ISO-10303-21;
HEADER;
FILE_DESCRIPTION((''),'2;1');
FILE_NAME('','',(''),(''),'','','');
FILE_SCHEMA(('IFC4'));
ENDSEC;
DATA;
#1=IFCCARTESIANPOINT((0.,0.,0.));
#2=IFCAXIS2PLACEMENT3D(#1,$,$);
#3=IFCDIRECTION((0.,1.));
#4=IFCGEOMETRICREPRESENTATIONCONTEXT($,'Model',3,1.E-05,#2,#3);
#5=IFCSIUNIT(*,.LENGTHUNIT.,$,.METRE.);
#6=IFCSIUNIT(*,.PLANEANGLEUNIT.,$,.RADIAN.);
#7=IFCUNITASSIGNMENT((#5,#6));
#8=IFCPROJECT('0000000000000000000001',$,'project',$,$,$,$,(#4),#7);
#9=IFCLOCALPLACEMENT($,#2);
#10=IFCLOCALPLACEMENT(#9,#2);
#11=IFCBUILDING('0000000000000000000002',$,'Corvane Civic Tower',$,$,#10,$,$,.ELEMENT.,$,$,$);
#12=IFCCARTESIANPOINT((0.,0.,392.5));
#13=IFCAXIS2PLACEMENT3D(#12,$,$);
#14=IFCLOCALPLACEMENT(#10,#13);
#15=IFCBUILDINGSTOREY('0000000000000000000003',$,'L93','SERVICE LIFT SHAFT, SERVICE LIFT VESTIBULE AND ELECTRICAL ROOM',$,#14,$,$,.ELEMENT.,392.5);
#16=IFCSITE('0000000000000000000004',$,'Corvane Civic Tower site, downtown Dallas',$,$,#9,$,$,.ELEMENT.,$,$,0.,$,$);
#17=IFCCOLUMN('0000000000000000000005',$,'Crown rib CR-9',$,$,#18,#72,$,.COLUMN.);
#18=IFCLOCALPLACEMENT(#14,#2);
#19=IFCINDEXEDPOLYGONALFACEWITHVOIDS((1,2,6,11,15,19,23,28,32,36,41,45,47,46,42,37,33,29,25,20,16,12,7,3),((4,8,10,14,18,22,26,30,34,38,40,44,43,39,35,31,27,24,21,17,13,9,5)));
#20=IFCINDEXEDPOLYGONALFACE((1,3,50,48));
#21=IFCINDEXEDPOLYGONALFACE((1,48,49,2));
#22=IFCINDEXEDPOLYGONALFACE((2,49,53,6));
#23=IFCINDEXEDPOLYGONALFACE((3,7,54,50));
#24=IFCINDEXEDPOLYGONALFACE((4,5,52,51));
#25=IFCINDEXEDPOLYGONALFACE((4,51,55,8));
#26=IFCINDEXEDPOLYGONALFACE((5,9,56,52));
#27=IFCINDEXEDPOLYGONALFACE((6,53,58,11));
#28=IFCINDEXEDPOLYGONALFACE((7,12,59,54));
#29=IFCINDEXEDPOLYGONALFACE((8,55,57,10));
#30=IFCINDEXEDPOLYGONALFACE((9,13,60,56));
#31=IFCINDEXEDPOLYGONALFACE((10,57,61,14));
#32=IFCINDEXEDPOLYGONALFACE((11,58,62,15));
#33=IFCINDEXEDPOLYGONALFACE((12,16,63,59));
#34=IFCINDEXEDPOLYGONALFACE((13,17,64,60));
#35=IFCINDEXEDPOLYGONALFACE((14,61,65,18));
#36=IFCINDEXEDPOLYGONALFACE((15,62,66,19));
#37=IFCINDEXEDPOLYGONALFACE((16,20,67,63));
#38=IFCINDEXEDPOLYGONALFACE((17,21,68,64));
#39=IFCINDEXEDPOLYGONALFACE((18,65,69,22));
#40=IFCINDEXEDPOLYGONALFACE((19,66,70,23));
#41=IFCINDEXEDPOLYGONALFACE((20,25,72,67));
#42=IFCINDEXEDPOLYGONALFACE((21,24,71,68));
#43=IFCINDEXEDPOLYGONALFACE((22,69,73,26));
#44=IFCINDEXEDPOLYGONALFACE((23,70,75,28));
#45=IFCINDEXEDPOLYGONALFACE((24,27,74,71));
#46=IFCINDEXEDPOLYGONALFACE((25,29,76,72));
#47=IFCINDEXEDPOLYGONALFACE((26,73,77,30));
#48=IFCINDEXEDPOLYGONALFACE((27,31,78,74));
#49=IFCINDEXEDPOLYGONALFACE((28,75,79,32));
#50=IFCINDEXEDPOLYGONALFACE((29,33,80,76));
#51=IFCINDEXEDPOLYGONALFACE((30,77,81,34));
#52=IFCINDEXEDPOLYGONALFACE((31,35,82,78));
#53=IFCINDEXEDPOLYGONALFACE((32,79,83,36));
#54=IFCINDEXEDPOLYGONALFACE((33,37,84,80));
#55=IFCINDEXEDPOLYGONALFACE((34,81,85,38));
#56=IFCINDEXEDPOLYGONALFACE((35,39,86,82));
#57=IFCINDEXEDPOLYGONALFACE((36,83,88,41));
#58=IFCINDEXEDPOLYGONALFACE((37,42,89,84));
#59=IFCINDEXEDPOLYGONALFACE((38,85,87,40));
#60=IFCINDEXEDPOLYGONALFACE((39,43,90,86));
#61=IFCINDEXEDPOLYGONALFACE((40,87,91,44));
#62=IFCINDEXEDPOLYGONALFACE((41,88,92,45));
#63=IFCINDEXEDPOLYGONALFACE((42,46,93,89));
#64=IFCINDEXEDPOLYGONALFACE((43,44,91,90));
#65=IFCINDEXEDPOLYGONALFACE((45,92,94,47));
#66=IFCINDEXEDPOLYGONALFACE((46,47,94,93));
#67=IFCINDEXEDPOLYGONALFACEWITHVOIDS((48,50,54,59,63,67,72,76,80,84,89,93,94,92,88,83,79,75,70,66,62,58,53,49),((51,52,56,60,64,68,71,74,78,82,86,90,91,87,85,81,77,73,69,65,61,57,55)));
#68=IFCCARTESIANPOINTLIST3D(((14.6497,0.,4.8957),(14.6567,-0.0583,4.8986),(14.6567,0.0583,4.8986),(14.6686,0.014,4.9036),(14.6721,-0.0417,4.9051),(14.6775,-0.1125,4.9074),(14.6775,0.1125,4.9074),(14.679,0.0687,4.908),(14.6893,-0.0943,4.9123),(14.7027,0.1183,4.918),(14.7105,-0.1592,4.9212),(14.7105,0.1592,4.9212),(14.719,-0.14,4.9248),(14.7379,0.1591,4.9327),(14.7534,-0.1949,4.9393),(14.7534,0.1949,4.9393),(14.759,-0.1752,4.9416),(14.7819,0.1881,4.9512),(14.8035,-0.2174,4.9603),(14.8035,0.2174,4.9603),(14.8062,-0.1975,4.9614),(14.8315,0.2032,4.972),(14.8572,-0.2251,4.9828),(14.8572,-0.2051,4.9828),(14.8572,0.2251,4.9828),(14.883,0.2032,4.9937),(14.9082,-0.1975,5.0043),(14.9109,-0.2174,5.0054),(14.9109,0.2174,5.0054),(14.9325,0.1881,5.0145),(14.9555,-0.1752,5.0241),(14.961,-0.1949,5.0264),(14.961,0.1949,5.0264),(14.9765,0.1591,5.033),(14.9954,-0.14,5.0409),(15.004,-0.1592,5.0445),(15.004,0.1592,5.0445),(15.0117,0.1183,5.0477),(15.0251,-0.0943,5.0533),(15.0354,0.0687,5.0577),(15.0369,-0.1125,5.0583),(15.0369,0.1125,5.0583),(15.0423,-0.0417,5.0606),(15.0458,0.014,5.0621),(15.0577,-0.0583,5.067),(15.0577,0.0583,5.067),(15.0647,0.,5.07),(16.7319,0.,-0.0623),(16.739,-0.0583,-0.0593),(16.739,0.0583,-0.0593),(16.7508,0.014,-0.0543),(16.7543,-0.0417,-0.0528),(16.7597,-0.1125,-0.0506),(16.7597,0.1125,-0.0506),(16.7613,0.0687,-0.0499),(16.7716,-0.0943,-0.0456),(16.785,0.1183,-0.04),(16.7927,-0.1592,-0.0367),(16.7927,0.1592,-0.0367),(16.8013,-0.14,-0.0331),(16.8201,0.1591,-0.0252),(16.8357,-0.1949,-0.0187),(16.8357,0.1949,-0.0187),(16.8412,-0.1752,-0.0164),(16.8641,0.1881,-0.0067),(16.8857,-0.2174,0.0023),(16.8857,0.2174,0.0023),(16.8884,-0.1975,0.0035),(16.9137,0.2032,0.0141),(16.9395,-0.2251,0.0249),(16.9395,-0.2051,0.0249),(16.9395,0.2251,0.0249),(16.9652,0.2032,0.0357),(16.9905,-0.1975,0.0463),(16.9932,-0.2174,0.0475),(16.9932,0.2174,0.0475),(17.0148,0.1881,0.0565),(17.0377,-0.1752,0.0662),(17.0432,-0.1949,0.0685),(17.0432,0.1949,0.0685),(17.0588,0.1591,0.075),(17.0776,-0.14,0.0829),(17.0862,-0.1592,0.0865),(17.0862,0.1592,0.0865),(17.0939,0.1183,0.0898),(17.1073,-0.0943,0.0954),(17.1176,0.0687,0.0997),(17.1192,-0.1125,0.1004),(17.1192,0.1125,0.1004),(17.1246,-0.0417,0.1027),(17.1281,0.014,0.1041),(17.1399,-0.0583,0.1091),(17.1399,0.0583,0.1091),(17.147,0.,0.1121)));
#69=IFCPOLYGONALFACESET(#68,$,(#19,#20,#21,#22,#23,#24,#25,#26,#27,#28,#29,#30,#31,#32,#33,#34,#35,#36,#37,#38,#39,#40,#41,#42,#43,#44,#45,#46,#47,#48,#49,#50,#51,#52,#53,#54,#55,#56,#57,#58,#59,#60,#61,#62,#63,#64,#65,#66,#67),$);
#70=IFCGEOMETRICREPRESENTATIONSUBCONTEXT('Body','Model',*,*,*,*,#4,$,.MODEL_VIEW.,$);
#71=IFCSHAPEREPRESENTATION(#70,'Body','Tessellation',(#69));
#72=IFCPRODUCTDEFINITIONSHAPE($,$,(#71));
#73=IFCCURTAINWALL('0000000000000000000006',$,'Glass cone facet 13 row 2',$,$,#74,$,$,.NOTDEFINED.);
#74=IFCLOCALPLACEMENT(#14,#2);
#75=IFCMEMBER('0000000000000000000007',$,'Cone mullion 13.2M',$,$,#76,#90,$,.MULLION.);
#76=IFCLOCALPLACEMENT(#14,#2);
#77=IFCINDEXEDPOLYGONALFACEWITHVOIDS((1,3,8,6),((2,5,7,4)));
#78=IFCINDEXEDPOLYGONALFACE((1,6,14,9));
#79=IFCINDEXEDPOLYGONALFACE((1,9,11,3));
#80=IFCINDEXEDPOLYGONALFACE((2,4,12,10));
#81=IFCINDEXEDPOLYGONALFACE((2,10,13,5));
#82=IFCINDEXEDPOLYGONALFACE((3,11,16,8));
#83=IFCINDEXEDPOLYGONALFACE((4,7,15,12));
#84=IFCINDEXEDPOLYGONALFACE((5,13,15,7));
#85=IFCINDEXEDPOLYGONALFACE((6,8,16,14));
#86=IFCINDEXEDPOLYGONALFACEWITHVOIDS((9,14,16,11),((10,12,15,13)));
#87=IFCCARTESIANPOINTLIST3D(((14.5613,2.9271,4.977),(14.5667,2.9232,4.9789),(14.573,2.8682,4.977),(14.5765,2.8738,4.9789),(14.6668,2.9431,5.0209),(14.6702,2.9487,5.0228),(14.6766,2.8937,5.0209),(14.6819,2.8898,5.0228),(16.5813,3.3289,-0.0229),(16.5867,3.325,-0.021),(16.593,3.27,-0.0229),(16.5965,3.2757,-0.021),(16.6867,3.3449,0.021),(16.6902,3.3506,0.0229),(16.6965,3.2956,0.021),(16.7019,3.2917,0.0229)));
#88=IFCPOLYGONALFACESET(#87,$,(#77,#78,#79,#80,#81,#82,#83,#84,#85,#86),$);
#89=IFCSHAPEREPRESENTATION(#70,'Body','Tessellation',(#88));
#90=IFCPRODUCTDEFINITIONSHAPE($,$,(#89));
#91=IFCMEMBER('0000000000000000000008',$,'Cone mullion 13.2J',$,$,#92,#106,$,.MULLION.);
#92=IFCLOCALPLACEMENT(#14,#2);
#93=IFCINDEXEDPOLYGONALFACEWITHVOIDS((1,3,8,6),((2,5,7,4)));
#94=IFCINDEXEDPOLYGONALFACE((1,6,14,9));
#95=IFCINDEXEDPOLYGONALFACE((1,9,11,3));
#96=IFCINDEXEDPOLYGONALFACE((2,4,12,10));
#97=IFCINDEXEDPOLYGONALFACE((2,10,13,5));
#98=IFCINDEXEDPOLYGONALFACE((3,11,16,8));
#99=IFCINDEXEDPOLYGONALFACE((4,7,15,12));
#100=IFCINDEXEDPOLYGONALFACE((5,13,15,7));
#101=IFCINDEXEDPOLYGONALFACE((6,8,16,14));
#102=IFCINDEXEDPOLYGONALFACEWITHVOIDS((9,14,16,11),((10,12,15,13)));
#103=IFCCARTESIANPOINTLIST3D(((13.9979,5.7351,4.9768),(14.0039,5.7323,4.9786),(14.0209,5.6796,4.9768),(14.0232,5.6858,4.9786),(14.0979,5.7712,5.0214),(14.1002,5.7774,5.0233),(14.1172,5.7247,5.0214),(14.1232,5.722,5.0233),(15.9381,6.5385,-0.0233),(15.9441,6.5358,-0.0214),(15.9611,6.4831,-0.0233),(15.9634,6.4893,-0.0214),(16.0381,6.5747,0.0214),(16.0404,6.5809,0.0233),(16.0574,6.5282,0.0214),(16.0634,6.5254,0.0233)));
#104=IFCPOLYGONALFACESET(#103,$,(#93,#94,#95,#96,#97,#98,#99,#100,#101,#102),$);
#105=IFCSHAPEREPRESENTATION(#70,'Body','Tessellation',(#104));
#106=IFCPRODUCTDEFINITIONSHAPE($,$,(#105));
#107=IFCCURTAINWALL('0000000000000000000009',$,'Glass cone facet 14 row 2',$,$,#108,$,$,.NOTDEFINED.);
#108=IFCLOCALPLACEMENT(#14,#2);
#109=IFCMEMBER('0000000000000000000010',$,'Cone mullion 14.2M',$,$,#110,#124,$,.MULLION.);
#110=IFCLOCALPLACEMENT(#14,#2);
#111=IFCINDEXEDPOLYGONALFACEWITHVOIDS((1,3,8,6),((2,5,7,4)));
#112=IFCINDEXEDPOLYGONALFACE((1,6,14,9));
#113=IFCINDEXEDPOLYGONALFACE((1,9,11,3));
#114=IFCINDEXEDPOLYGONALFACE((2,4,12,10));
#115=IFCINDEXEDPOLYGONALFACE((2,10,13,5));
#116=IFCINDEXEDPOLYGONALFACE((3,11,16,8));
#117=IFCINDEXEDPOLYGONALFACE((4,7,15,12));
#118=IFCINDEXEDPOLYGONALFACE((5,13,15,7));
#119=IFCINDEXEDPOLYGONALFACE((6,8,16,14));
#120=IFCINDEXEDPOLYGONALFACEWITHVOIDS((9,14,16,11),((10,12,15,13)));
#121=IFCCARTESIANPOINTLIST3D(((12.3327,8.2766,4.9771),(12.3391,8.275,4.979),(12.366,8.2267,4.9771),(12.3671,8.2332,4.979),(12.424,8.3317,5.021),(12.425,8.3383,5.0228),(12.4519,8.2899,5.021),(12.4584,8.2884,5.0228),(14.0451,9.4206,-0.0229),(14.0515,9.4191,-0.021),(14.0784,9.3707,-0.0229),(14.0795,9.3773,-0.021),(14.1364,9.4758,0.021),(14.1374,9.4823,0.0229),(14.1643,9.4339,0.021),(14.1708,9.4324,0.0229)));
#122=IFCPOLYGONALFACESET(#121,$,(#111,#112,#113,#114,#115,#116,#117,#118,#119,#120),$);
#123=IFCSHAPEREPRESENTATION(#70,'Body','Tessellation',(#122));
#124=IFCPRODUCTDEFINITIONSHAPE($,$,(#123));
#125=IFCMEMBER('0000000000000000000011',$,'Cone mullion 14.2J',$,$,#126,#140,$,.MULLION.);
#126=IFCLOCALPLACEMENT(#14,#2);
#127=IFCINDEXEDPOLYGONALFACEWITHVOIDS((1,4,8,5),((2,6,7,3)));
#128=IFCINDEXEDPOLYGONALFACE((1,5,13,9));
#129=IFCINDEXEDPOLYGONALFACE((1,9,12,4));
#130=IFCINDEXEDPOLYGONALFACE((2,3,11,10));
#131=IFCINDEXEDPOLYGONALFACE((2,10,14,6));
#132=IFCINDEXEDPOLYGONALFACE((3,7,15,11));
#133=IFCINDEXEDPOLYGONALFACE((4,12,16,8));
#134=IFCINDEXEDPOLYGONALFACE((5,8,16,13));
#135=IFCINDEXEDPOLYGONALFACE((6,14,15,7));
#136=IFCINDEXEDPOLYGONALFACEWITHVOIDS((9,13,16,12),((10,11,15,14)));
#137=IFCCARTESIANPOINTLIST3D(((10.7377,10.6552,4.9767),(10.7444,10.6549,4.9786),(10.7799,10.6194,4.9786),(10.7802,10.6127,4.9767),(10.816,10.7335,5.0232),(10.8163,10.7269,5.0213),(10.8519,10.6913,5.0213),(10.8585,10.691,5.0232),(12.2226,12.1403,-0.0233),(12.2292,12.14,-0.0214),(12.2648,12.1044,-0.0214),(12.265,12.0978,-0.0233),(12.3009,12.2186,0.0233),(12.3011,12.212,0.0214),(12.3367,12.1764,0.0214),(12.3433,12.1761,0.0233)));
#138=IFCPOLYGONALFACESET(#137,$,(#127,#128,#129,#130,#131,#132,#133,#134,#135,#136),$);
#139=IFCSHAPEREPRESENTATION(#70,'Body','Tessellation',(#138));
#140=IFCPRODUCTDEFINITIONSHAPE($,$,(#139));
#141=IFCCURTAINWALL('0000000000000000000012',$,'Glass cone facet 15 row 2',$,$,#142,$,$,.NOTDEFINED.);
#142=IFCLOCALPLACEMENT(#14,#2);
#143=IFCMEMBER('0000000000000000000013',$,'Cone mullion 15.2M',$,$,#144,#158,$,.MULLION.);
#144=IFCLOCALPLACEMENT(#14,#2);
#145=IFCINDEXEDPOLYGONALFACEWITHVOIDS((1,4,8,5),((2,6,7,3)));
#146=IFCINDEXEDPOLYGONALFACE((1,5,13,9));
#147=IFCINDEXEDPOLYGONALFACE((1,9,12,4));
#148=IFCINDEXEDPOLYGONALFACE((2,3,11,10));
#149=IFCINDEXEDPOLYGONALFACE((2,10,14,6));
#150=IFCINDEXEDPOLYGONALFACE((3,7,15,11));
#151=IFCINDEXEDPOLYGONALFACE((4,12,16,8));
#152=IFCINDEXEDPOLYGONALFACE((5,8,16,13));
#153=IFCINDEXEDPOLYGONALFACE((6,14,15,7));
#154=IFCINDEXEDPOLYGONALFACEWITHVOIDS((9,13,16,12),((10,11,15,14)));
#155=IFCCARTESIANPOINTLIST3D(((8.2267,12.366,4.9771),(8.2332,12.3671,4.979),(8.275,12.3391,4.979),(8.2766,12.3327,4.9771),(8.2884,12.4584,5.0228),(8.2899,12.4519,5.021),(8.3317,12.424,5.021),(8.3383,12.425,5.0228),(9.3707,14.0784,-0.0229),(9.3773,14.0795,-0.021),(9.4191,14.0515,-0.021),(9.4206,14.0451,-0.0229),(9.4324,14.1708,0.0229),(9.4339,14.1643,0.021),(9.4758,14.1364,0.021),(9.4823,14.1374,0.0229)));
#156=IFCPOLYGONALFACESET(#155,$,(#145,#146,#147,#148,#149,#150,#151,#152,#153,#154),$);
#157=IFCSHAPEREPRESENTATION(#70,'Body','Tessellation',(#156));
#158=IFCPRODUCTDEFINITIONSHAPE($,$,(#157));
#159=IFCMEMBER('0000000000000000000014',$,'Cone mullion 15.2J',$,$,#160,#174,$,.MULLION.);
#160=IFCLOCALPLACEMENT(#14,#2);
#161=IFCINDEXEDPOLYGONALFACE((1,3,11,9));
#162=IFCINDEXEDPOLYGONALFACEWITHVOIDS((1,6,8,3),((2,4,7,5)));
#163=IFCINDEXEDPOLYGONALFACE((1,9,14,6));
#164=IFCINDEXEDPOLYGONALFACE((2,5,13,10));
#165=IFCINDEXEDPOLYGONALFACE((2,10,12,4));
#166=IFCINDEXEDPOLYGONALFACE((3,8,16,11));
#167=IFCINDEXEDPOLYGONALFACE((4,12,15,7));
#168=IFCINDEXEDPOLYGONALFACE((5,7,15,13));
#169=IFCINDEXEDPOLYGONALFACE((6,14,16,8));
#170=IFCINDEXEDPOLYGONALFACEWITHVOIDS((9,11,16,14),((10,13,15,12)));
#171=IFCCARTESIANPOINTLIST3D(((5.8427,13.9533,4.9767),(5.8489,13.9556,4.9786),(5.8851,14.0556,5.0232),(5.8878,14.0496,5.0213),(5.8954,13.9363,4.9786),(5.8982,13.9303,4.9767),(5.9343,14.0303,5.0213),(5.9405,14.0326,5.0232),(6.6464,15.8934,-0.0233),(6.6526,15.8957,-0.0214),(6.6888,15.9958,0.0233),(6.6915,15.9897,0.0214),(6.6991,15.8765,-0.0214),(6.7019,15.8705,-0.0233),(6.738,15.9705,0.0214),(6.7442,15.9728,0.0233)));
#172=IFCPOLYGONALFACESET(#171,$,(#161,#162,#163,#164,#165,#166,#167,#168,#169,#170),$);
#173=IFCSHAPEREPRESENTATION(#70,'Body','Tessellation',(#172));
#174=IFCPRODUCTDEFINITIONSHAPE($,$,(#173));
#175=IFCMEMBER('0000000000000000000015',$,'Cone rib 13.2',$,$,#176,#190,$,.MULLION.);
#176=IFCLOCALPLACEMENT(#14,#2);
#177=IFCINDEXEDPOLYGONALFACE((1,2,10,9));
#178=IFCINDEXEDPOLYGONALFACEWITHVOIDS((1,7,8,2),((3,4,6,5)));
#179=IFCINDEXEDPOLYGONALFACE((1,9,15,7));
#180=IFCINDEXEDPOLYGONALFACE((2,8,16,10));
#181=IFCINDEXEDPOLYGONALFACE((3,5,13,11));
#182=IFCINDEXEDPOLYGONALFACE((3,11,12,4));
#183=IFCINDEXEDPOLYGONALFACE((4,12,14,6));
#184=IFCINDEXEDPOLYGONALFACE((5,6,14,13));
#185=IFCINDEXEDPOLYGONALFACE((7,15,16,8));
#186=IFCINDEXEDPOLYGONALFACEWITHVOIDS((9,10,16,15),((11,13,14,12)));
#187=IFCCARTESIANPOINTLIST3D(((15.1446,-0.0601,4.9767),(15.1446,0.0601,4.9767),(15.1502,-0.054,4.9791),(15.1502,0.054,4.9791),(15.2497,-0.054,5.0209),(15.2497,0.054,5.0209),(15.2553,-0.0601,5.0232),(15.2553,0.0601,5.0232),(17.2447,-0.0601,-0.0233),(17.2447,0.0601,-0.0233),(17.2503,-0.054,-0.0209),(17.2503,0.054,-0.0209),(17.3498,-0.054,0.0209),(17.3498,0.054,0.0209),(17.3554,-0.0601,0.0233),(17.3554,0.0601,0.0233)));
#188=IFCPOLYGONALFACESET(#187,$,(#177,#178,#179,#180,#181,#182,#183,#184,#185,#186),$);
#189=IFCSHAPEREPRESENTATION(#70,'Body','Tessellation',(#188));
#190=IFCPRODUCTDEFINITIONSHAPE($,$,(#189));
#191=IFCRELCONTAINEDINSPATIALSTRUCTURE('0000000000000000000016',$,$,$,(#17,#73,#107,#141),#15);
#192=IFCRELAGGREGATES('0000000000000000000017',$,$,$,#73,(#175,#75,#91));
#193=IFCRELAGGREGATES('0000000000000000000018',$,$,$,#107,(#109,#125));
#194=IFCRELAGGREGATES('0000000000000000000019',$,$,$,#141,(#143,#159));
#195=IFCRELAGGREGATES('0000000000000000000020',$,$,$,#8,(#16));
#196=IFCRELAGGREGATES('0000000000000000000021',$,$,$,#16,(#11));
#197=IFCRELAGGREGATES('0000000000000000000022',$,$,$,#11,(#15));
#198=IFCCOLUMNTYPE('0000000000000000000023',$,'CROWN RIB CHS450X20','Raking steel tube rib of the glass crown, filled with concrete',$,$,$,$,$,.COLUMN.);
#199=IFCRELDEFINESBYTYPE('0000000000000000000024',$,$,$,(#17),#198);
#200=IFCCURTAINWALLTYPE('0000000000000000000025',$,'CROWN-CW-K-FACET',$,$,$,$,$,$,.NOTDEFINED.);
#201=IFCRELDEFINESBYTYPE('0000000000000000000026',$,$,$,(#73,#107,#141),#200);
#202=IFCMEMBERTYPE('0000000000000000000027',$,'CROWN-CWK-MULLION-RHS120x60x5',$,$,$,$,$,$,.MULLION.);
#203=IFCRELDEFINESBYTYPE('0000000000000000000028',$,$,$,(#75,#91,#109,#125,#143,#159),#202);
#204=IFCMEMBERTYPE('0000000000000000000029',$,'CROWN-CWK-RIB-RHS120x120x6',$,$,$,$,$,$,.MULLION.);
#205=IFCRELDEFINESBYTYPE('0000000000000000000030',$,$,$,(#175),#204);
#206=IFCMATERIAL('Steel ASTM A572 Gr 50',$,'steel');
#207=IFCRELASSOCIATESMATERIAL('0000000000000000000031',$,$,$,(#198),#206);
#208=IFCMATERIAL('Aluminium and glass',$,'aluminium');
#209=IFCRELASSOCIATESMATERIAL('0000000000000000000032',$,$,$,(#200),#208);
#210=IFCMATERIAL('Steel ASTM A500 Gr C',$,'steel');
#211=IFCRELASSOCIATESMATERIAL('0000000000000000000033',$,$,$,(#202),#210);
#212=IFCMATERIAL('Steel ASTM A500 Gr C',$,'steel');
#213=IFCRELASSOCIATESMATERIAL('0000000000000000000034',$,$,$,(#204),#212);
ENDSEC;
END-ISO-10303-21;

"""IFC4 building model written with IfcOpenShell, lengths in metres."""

from ifc_helpers import new_model, si_unit, direction, frame, origin, origin_2d, place, context, subcontext, project, spatial, hollow_rectangle, hollow_circle, extrude, material, material_profile, profile_set, type_object, element, aggregate, save


model = new_model("IFC4")

# Units and contexts
model_context = context("Model", 3, precision=1e-05, world=origin(), true_north=direction((0.0, 1.0)))
body_context = subcontext(model_context, "Body", "Model", "MODEL_VIEW")
ifc_project = project(units=[si_unit("LENGTHUNIT", "METRE"), si_unit("PLANEANGLEUNIT", "RADIAN")], contexts=[model_context])

# Site, building, storey
site_placement = place(None, origin())
site = spatial("IfcSite", under=ifc_project, at=site_placement, Name="Corvane Civic Tower site, downtown Dallas", CompositionType="ELEMENT", RefElevation=0.0)
building_placement = place(site_placement, origin())
building = spatial("IfcBuilding", under=site, at=building_placement, Name="Corvane Civic Tower", CompositionType="ELEMENT")
storey_placement = place(building_placement, frame((0.0, 0.0, 392.5)))
storey = spatial("IfcBuildingStorey", under=building, at=storey_placement, Name="L93", Description="SERVICE LIFT SHAFT, SERVICE LIFT VESTIBULE AND ELECTRICAL ROOM", CompositionType="ELEMENT", Elevation=392.5)

# Column
ifc_material_1 = material(Name="Steel ASTM A572 Gr 50", Category="steel")
ifc_material_profile_1 = material_profile(ifc_material_1, hollow_circle(Radius=0.2251, WallThickness=0.02, at=origin_2d()), Name="CHS450X20")
ifc_profile_set_1 = profile_set([ifc_material_profile_1], Name="Steel ASTM A572 Gr 50")
column_type = type_object("IfcColumnType", Name="CROWN RIB CHS450X20", Description="Raking steel tube rib of the glass crown, filled with concrete", PredefinedType="COLUMN", material=ifc_profile_set_1)
for number, where, z_axis, x_axis, name in (
    (1, (16.9395, 0.0, 0.0249), (-0.387219, 0.0, 0.921988), (0.0, -1.0, 0.0), "Crown rib CR-9"),
):
    element("IfcColumn", number, at=place(storey_placement, frame(where, z_axis=z_axis, x_axis=x_axis)), inside=storey, type_object=column_type, Name=name, PredefinedType="COLUMN", context=body_context, shape_type="SweptSolid", body=[
        extrude(hollow_circle(Radius=0.2251, WallThickness=0.02, at=origin_2d()), origin(), (0.0, 0.0, 1.0), 5.3774),
    ])

# Curtain walls, members
ifc_material_2 = material(Name="Aluminium and glass", Category="aluminium")
curtain_wall_type = type_object("IfcCurtainWallType", Name="CROWN-CW-K-FACET", PredefinedType="NOTDEFINED", material=ifc_material_2)
curtain_wall_1_placement = place(storey_placement, origin())
curtain_wall_1 = element("IfcCurtainWall", 2, at=curtain_wall_1_placement, inside=storey, type_object=curtain_wall_type, Name="Glass cone facet 13 row 2", PredefinedType="NOTDEFINED")
ifc_material_3 = material(Name="Steel ASTM A500 Gr C", Category="steel")
ifc_material_profile_2 = material_profile(ifc_material_3, hollow_rectangle(XDim=0.0601, YDim=0.1201, WallThickness=0.0049, at=origin_2d()), Name="RHS 120x60x5")
ifc_profile_set_2 = profile_set([ifc_material_profile_2], Name="Steel ASTM A500 Gr C")
member_type_1 = type_object("IfcMemberType", Name="CROWN-CWK-MULLION-RHS120x60x5", PredefinedType="MULLION", material=ifc_profile_set_2)
member_1_placement = place(storey_placement, frame((16.6416, 3.3103, 0.0), z_axis=(-0.373553, -0.074313, 0.924627), x_axis=(0.195113, -0.980781, 0.0)))
member_1 = element("IfcMember", 3, at=member_1_placement, type_object=member_type_1, Name="Cone mullion 13.2M", PredefinedType="MULLION", context=body_context, shape_type="SweptSolid", body=[
    extrude(hollow_rectangle(XDim=0.0601, YDim=0.1201, WallThickness=0.0049, at=origin_2d()), origin(), (0.0, 0.0, 1.0), 5.4075),
])
member_2_placement = place(storey_placement, frame((16.0007, 6.532, 0.0), z_axis=(-0.357764, -0.148157, 0.921984), x_axis=(0.382608, -0.923911, 0.0)))
member_2 = element("IfcMember", 4, at=member_2_placement, type_object=member_type_1, Name="Cone mullion 13.2J", PredefinedType="MULLION", context=body_context, shape_type="SweptSolid", body=[
    extrude(hollow_rectangle(XDim=0.0601, YDim=0.1201, WallThickness=0.0049, at=origin_2d()), origin(), (0.0, 0.0, 1.0), 5.4231),
])
curtain_wall_2_placement = place(storey_placement, origin())
curtain_wall_2 = element("IfcCurtainWall", 5, at=curtain_wall_2_placement, inside=storey, type_object=curtain_wall_type, Name="Glass cone facet 14 row 2", PredefinedType="NOTDEFINED")
member_3_placement = place(storey_placement, frame((14.1079, 9.4265, 0.0), z_axis=(-0.316671, -0.211566, 0.92464), x_axis=(0.555521, -0.831503, 0.0)))
member_3 = element("IfcMember", 6, at=member_3_placement, type_object=member_type_1, Name="Cone mullion 14.2M", PredefinedType="MULLION", context=body_context, shape_type="SweptSolid", body=[
    extrude(hollow_rectangle(XDim=0.0601, YDim=0.1201, WallThickness=0.0049, at=origin_2d()), origin(), (0.0, 0.0, 1.0), 5.4075),
])
member_4_placement = place(storey_placement, frame((12.283, 12.1582, 0.0), z_axis=(-0.273802, -0.273847, 0.921976), x_axis=(0.707165, -0.707049, 0.0)))
member_4 = element("IfcMember", 7, at=member_4_placement, type_object=member_type_1, Name="Cone mullion 14.2J", PredefinedType="MULLION", context=body_context, shape_type="SweptSolid", body=[
    extrude(hollow_rectangle(XDim=0.0601, YDim=0.1201, WallThickness=0.0049, at=origin_2d()), origin(), (0.0, 0.0, 1.0), 5.4231),
])
curtain_wall_3_placement = place(storey_placement, origin())
curtain_wall_3 = element("IfcCurtainWall", 8, at=curtain_wall_3_placement, inside=storey, type_object=curtain_wall_type, Name="Glass cone facet 15 row 2", PredefinedType="NOTDEFINED")
member_5_placement = place(storey_placement, frame((9.4265, 14.1079, 0.0), z_axis=(-0.211566, -0.316671, 0.92464), x_axis=(0.831503, -0.555521, 0.0)))
member_5 = element("IfcMember", 9, at=member_5_placement, type_object=member_type_1, Name="Cone mullion 15.2M", PredefinedType="MULLION", context=body_context, shape_type="SweptSolid", body=[
    extrude(hollow_rectangle(XDim=0.0601, YDim=0.1201, WallThickness=0.0049, at=origin_2d()), origin(), (0.0, 0.0, 1.0), 5.4075),
])
member_6_placement = place(storey_placement, frame((6.6953, 15.9331, 0.0), z_axis=(-0.148201, -0.357762, 0.921978), x_axis=(0.923869, -0.382708, 0.0)))
member_6 = element("IfcMember", 10, at=member_6_placement, type_object=member_type_1, Name="Cone mullion 15.2J", PredefinedType="MULLION", context=body_context, shape_type="SweptSolid", body=[
    extrude(hollow_rectangle(XDim=0.0601, YDim=0.1201, WallThickness=0.0049, at=origin_2d()), origin(), (0.0, 0.0, 1.0), 5.4231),
])

# Member
ifc_material_4 = material(Name="Steel ASTM A500 Gr C", Category="steel")
ifc_material_profile_3 = material_profile(ifc_material_4, hollow_rectangle(XDim=0.1201, YDim=0.1201, WallThickness=0.0061, at=origin_2d()), Name="RHS 120x120x6")
ifc_profile_set_3 = profile_set([ifc_material_profile_3], Name="Steel ASTM A500 Gr C")
member_type_2 = type_object("IfcMemberType", Name="CROWN-CWK-RIB-RHS120x120x6", PredefinedType="MULLION", material=ifc_profile_set_3)
member_7_placement = place(storey_placement, frame((17.3, 0.0, 0.0), z_axis=(-0.387248, 0.0, 0.921976), x_axis=(0.0, -1.0, 0.0)))
member_7 = element("IfcMember", 11, at=member_7_placement, type_object=member_type_2, Name="Cone rib 13.2", PredefinedType="MULLION", context=body_context, shape_type="SweptSolid", body=[
    extrude(hollow_rectangle(XDim=0.1201, YDim=0.1201, WallThickness=0.0061, at=origin_2d()), origin(), (0.0, 0.0, 1.0), 5.4231),
])

aggregate(curtain_wall_1, [member_7, member_1, member_2])
aggregate(curtain_wall_2, [member_3, member_4])
aggregate(curtain_wall_3, [member_5, member_6])

save(model, "model.ifc")
